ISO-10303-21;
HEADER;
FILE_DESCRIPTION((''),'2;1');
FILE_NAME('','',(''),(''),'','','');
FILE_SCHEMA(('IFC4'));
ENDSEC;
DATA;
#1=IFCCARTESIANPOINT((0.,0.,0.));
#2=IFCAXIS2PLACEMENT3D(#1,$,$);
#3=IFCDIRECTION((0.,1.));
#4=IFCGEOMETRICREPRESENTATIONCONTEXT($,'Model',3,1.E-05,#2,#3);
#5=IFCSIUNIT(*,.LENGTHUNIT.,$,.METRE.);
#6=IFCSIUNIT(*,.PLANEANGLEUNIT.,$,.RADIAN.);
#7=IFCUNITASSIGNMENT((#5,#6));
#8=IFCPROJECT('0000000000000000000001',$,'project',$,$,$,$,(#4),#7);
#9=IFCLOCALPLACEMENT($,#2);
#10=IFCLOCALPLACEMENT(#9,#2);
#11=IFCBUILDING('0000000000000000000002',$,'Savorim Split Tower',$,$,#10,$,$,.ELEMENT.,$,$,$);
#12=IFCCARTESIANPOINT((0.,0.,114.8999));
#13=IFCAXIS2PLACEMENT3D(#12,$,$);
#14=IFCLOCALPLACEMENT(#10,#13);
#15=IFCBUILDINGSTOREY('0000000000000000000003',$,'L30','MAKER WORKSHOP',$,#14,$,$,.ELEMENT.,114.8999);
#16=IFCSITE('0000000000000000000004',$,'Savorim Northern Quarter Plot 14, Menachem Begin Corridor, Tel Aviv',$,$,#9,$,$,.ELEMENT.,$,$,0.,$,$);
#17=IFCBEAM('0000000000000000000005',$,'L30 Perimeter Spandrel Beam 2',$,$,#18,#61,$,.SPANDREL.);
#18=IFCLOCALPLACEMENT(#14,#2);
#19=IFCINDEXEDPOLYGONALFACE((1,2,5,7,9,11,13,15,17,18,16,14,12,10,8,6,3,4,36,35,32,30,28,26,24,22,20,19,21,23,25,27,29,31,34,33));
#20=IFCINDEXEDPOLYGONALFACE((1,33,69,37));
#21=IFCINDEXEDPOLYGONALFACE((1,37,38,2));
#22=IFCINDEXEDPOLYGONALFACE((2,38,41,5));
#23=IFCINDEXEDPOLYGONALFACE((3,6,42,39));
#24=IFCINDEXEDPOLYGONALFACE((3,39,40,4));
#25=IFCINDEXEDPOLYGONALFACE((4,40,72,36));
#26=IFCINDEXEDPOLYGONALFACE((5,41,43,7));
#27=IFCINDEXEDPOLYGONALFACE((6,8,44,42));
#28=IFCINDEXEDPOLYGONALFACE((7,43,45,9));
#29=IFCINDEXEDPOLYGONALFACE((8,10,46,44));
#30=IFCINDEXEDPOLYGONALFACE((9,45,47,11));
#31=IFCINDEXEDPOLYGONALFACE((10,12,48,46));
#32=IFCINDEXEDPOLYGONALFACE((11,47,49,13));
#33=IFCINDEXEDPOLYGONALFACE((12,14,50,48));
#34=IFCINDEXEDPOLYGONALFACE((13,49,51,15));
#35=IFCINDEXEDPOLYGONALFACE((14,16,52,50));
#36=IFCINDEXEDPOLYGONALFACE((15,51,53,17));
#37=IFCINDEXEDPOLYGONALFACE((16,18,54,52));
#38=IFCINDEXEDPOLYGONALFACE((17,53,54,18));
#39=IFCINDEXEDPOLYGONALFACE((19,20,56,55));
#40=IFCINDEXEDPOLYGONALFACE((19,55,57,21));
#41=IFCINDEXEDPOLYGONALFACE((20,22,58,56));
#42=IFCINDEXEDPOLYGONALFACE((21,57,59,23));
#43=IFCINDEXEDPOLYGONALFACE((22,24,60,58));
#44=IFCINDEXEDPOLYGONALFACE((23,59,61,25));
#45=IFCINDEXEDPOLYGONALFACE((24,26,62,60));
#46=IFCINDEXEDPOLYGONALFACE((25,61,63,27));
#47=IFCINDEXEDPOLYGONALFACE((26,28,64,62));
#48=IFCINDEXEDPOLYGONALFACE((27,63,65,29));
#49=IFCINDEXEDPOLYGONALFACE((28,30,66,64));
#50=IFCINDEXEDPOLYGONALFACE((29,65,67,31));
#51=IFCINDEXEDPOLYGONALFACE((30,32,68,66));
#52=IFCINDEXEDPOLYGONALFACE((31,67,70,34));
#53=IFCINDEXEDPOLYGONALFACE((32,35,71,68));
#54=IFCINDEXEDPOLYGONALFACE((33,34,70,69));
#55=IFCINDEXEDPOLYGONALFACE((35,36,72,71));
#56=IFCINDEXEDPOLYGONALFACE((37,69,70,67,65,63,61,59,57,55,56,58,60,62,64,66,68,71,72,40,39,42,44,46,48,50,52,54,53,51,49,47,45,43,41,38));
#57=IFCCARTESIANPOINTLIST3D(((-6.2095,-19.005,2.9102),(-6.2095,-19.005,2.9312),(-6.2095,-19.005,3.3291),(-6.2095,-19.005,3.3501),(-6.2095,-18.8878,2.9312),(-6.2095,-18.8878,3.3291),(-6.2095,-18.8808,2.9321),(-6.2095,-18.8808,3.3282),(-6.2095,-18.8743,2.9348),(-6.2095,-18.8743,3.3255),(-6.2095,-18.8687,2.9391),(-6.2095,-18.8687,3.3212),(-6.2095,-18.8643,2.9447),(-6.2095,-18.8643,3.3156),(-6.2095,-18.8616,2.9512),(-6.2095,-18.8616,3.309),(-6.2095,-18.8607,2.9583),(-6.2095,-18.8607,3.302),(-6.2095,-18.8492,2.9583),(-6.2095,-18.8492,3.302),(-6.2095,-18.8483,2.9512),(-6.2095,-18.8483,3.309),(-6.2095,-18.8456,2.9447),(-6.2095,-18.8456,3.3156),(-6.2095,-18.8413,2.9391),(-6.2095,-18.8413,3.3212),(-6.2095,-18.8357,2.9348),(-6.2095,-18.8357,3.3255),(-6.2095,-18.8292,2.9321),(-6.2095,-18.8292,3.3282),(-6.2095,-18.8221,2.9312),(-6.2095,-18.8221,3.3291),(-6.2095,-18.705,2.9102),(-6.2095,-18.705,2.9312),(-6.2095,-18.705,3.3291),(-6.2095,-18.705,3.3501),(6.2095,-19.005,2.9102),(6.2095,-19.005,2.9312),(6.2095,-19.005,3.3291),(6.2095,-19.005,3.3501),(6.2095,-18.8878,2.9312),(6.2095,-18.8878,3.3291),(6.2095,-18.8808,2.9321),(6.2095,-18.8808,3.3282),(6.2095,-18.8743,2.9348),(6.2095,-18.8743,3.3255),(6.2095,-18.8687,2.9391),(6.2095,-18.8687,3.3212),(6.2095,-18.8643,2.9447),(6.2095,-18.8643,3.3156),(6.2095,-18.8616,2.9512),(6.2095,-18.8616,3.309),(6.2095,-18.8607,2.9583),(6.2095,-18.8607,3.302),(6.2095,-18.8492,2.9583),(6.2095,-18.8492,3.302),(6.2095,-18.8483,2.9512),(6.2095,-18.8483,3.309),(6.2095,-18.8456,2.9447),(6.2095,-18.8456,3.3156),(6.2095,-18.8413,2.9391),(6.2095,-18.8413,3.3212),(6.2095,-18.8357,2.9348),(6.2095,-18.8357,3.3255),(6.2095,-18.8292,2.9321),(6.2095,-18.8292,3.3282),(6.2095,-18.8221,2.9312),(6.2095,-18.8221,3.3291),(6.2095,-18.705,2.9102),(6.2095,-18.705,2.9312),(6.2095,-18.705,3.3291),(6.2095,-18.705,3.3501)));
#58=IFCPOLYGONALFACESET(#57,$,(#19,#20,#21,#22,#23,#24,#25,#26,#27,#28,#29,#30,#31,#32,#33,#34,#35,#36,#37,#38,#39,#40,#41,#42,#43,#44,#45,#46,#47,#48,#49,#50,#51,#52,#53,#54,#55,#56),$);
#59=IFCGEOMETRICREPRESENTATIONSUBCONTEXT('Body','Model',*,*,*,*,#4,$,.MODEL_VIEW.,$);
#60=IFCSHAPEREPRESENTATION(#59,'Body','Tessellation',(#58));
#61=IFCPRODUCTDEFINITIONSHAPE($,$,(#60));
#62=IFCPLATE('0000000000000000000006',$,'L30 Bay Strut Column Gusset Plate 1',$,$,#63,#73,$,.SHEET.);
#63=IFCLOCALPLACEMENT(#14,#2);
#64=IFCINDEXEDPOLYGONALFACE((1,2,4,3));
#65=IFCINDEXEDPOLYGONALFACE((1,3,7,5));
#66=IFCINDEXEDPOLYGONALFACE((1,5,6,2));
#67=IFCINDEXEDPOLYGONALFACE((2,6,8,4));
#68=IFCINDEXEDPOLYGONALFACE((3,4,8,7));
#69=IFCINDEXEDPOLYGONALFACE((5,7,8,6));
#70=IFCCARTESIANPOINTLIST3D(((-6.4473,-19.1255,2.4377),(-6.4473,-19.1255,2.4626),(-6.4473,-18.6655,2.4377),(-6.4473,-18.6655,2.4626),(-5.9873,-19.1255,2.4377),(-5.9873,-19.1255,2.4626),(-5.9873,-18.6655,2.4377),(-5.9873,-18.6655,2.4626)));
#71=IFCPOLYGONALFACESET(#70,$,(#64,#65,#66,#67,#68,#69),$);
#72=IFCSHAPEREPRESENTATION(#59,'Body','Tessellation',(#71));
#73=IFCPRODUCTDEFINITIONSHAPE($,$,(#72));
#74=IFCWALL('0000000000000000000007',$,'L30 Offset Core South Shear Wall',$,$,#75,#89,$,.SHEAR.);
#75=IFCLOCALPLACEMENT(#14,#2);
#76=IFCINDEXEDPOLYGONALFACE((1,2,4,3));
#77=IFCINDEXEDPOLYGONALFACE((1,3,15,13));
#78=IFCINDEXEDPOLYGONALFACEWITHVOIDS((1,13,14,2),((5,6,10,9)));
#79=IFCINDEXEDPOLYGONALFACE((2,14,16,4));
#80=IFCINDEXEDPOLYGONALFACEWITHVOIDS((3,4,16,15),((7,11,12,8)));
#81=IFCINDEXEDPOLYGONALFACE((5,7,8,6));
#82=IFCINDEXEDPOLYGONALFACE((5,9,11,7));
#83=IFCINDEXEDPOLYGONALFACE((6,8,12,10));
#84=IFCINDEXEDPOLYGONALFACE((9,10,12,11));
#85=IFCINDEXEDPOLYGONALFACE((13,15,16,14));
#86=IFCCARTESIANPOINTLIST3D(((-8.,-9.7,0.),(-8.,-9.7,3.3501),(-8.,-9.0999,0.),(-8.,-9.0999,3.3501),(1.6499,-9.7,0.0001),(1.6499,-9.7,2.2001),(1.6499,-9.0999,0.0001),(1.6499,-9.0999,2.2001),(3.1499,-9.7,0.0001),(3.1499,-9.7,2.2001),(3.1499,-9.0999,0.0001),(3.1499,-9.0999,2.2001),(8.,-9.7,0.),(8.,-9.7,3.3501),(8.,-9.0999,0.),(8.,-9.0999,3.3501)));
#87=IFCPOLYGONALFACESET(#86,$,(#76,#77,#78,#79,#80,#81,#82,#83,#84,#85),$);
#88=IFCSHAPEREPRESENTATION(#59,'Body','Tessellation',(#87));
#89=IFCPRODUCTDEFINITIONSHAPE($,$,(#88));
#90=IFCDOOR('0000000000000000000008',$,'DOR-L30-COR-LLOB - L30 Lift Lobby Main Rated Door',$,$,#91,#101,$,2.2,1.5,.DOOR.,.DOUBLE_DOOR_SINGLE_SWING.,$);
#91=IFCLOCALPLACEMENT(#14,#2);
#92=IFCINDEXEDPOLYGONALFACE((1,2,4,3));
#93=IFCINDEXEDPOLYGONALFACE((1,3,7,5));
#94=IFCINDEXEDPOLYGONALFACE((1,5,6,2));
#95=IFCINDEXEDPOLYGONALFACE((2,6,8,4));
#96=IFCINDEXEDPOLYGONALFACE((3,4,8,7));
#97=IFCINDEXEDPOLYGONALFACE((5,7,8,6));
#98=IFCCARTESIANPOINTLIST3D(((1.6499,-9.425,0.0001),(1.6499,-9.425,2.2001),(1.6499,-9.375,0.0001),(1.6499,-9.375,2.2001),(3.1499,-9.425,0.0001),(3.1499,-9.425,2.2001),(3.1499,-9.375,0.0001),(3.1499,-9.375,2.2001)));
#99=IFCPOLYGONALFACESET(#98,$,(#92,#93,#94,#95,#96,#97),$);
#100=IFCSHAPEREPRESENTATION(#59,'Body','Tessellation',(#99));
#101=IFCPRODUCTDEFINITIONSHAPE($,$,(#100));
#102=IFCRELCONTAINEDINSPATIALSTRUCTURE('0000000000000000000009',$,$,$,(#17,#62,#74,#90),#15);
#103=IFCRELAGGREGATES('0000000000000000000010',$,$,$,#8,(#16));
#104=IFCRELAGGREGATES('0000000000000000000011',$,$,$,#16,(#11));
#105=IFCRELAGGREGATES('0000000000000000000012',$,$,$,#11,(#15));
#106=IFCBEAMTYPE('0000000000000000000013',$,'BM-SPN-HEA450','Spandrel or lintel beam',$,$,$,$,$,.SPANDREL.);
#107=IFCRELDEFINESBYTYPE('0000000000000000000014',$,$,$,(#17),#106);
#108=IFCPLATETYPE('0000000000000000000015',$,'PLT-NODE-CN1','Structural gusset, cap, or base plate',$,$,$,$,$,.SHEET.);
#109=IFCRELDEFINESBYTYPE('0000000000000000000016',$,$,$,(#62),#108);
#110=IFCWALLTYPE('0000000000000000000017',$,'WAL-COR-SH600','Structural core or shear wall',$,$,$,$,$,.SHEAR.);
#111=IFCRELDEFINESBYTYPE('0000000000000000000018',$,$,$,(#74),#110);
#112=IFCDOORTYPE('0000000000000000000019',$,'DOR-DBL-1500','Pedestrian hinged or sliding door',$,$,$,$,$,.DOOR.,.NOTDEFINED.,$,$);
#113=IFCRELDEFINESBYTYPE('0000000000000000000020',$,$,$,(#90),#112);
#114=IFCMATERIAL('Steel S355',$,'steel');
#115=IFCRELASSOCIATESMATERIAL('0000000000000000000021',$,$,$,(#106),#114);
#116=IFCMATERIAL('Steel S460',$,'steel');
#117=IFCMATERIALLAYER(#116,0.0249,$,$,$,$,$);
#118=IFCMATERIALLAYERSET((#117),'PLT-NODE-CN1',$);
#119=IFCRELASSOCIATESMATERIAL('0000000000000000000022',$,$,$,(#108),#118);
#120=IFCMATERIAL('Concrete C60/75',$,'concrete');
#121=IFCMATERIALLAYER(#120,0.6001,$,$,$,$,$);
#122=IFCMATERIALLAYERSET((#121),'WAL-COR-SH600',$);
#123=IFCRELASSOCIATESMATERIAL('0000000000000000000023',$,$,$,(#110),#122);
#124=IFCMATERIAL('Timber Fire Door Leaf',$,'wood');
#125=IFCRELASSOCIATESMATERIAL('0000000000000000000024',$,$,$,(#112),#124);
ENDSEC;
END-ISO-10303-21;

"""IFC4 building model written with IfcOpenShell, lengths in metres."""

from ifc_helpers import new_model, si_unit, direction, frame, frame_2d, origin, origin_2d, place, context, subcontext, project, spatial, rectangle, i_section, extrude, material, layer, layer_set, material_profile, profile_set, type_object, element, fill, save


model = new_model("IFC4")

# Units and contexts
model_context = context("Model", 3, precision=1e-05, world=origin(), true_north=direction((0.0, 1.0)))
body_context = subcontext(model_context, "Body", "Model", "MODEL_VIEW")
ifc_project = project(units=[si_unit("LENGTHUNIT", "METRE"), si_unit("PLANEANGLEUNIT", "RADIAN")], contexts=[model_context])

# Site, building, storey
site_placement = place(None, origin())
site = spatial("IfcSite", under=ifc_project, at=site_placement, Name="Savorim Northern Quarter Plot 14, Menachem Begin Corridor, Tel Aviv", CompositionType="ELEMENT", RefElevation=0.0)
building_placement = place(site_placement, origin())
building = spatial("IfcBuilding", under=site, at=building_placement, Name="Savorim Split Tower", CompositionType="ELEMENT")
storey_placement = place(building_placement, frame((0.0, 0.0, 114.8999)))
storey = spatial("IfcBuildingStorey", under=building, at=storey_placement, Name="L30", Description="MAKER WORKSHOP", CompositionType="ELEMENT", Elevation=114.8999)

# Shared definitions
ifc_material_1 = material(Name="Steel S460", Category="steel")

# Beam
ifc_material_2 = material(Name="Steel S355", Category="steel")
ifc_material_profile_1 = material_profile(ifc_material_2, i_section(OverallWidth=0.3, OverallDepth=0.4399, WebThickness=0.0115, FlangeThickness=0.021, FilletRadius=0.0271, at=origin_2d()), Name="HEA 450")
ifc_profile_set_1 = profile_set([ifc_material_profile_1], Name="Steel S355")
beam_type_1 = type_object("IfcBeamType", Name="BM-SPN-HEA450", Description="Spandrel or lintel beam", PredefinedType="SPANDREL", material=ifc_profile_set_1)
beam_1_placement = place(storey_placement, frame((-6.2095, -18.855, 3.1301), z_axis=(1.0, 0.0, 0.0), x_axis=(0.0, 1.0, 0.0)))
element("IfcBeam", 1, at=beam_1_placement, inside=storey, type_object=beam_type_1, Name="L30 Perimeter Spandrel Beam 2", PredefinedType="SPANDREL", context=body_context, shape_type="SweptSolid", body=[
    extrude(i_section(OverallWidth=0.3, OverallDepth=0.4399, WebThickness=0.0115, FlangeThickness=0.021, FilletRadius=0.0271, at=origin_2d()), origin(), (0.0, 0.0, 1.0), 12.4189),
])

# Plate
ifc_layer_1 = layer(ifc_material_1, 0.0249)
ifc_layer_set_1 = layer_set([ifc_layer_1], Name="PLT-NODE-CN1")
plate_type = type_object("IfcPlateType", Name="PLT-NODE-CN1", Description="Structural gusset, cap, or base plate", PredefinedType="SHEET", material=ifc_layer_set_1)
plate_placement = place(storey_placement, frame((-6.2173, -18.8955, 2.4377), z_axis=(0.0, 0.0, 1.0), x_axis=(1.0, 0.0, 0.0)))
element("IfcPlate", 2, at=plate_placement, inside=storey, type_object=plate_type, Name="L30 Bay Strut Column Gusset Plate 1", PredefinedType="SHEET", context=body_context, shape_type="SweptSolid", body=[
    extrude(rectangle(XDim=0.46, YDim=0.46, at=origin_2d()), origin(), (0.0, 0.0, 1.0), 0.0249),
])

# Wall, opening, door
ifc_material_3 = material(Name="Concrete C60/75", Category="concrete")
ifc_layer_2 = layer(ifc_material_3, 0.6001)
ifc_layer_set_2 = layer_set([ifc_layer_2], Name="WAL-COR-SH600")
wall_type_1 = type_object("IfcWallType", Name="WAL-COR-SH600", Description="Structural core or shear wall", PredefinedType="SHEAR", material=ifc_layer_set_2)
wall_1_placement = place(storey_placement, frame((-8.0, -9.3999, 0.0), z_axis=(0.0, 0.0, 1.0), x_axis=(1.0, 0.0, 0.0)))
wall_1 = element("IfcWall", 3, at=wall_1_placement, inside=storey, type_object=wall_type_1, Name="L30 Offset Core South Shear Wall", PredefinedType="SHEAR", context=body_context, shape_type="SweptSolid", body=[
    extrude(rectangle(XDim=16.0, YDim=0.6001, at=frame_2d((8.0, 0.0))), origin(), (0.0, 0.0, 1.0), 3.3501),
])
opening_1_placement = place(wall_1_placement, frame((9.6499, 0.0, 0.0)))
opening_1 = element("IfcOpeningElement", 4, at=opening_1_placement, cuts=wall_1, PredefinedType="OPENING", context=body_context, shape_type="SweptSolid", body=[
    extrude(rectangle(XDim=1.5, YDim=2.2, at=frame_2d((0.75, 1.1001))), frame((0.0, 0.3101, 0.0), z_axis=(0.0, -1.0, 0.0), x_axis=(1.0, 0.0, 0.0)), (0.0, 0.0, 1.0), 0.6201),
])
ifc_material_4 = material(Name="Timber Fire Door Leaf", Category="wood")
door_type_1 = type_object("IfcDoorType", Name="DOR-DBL-1500", Description="Pedestrian hinged or sliding door", OperationType="NOTDEFINED", PredefinedType="DOOR", material=ifc_material_4)
door_1_placement = place(opening_1_placement, origin())
door_1 = element("IfcDoor", 5, at=door_1_placement, inside=storey, type_object=door_type_1, Name="DOR-L30-COR-LLOB - L30 Lift Lobby Main Rated Door", OperationType="DOUBLE_DOOR_SINGLE_SWING", OverallHeight=2.2, OverallWidth=1.5, PredefinedType="DOOR", context=body_context, shape_type="SweptSolid", body=[
    extrude(rectangle(XDim=1.5, YDim=2.2, at=frame_2d((0.75, 1.1001))), frame((0.0, 0.0249, 0.0), z_axis=(0.0, -1.0, 0.0), x_axis=(1.0, 0.0, 0.0)), (0.0, 0.0, 1.0), 0.05),
])
fill(opening_1, door_1)

save(model, "model.ifc")
